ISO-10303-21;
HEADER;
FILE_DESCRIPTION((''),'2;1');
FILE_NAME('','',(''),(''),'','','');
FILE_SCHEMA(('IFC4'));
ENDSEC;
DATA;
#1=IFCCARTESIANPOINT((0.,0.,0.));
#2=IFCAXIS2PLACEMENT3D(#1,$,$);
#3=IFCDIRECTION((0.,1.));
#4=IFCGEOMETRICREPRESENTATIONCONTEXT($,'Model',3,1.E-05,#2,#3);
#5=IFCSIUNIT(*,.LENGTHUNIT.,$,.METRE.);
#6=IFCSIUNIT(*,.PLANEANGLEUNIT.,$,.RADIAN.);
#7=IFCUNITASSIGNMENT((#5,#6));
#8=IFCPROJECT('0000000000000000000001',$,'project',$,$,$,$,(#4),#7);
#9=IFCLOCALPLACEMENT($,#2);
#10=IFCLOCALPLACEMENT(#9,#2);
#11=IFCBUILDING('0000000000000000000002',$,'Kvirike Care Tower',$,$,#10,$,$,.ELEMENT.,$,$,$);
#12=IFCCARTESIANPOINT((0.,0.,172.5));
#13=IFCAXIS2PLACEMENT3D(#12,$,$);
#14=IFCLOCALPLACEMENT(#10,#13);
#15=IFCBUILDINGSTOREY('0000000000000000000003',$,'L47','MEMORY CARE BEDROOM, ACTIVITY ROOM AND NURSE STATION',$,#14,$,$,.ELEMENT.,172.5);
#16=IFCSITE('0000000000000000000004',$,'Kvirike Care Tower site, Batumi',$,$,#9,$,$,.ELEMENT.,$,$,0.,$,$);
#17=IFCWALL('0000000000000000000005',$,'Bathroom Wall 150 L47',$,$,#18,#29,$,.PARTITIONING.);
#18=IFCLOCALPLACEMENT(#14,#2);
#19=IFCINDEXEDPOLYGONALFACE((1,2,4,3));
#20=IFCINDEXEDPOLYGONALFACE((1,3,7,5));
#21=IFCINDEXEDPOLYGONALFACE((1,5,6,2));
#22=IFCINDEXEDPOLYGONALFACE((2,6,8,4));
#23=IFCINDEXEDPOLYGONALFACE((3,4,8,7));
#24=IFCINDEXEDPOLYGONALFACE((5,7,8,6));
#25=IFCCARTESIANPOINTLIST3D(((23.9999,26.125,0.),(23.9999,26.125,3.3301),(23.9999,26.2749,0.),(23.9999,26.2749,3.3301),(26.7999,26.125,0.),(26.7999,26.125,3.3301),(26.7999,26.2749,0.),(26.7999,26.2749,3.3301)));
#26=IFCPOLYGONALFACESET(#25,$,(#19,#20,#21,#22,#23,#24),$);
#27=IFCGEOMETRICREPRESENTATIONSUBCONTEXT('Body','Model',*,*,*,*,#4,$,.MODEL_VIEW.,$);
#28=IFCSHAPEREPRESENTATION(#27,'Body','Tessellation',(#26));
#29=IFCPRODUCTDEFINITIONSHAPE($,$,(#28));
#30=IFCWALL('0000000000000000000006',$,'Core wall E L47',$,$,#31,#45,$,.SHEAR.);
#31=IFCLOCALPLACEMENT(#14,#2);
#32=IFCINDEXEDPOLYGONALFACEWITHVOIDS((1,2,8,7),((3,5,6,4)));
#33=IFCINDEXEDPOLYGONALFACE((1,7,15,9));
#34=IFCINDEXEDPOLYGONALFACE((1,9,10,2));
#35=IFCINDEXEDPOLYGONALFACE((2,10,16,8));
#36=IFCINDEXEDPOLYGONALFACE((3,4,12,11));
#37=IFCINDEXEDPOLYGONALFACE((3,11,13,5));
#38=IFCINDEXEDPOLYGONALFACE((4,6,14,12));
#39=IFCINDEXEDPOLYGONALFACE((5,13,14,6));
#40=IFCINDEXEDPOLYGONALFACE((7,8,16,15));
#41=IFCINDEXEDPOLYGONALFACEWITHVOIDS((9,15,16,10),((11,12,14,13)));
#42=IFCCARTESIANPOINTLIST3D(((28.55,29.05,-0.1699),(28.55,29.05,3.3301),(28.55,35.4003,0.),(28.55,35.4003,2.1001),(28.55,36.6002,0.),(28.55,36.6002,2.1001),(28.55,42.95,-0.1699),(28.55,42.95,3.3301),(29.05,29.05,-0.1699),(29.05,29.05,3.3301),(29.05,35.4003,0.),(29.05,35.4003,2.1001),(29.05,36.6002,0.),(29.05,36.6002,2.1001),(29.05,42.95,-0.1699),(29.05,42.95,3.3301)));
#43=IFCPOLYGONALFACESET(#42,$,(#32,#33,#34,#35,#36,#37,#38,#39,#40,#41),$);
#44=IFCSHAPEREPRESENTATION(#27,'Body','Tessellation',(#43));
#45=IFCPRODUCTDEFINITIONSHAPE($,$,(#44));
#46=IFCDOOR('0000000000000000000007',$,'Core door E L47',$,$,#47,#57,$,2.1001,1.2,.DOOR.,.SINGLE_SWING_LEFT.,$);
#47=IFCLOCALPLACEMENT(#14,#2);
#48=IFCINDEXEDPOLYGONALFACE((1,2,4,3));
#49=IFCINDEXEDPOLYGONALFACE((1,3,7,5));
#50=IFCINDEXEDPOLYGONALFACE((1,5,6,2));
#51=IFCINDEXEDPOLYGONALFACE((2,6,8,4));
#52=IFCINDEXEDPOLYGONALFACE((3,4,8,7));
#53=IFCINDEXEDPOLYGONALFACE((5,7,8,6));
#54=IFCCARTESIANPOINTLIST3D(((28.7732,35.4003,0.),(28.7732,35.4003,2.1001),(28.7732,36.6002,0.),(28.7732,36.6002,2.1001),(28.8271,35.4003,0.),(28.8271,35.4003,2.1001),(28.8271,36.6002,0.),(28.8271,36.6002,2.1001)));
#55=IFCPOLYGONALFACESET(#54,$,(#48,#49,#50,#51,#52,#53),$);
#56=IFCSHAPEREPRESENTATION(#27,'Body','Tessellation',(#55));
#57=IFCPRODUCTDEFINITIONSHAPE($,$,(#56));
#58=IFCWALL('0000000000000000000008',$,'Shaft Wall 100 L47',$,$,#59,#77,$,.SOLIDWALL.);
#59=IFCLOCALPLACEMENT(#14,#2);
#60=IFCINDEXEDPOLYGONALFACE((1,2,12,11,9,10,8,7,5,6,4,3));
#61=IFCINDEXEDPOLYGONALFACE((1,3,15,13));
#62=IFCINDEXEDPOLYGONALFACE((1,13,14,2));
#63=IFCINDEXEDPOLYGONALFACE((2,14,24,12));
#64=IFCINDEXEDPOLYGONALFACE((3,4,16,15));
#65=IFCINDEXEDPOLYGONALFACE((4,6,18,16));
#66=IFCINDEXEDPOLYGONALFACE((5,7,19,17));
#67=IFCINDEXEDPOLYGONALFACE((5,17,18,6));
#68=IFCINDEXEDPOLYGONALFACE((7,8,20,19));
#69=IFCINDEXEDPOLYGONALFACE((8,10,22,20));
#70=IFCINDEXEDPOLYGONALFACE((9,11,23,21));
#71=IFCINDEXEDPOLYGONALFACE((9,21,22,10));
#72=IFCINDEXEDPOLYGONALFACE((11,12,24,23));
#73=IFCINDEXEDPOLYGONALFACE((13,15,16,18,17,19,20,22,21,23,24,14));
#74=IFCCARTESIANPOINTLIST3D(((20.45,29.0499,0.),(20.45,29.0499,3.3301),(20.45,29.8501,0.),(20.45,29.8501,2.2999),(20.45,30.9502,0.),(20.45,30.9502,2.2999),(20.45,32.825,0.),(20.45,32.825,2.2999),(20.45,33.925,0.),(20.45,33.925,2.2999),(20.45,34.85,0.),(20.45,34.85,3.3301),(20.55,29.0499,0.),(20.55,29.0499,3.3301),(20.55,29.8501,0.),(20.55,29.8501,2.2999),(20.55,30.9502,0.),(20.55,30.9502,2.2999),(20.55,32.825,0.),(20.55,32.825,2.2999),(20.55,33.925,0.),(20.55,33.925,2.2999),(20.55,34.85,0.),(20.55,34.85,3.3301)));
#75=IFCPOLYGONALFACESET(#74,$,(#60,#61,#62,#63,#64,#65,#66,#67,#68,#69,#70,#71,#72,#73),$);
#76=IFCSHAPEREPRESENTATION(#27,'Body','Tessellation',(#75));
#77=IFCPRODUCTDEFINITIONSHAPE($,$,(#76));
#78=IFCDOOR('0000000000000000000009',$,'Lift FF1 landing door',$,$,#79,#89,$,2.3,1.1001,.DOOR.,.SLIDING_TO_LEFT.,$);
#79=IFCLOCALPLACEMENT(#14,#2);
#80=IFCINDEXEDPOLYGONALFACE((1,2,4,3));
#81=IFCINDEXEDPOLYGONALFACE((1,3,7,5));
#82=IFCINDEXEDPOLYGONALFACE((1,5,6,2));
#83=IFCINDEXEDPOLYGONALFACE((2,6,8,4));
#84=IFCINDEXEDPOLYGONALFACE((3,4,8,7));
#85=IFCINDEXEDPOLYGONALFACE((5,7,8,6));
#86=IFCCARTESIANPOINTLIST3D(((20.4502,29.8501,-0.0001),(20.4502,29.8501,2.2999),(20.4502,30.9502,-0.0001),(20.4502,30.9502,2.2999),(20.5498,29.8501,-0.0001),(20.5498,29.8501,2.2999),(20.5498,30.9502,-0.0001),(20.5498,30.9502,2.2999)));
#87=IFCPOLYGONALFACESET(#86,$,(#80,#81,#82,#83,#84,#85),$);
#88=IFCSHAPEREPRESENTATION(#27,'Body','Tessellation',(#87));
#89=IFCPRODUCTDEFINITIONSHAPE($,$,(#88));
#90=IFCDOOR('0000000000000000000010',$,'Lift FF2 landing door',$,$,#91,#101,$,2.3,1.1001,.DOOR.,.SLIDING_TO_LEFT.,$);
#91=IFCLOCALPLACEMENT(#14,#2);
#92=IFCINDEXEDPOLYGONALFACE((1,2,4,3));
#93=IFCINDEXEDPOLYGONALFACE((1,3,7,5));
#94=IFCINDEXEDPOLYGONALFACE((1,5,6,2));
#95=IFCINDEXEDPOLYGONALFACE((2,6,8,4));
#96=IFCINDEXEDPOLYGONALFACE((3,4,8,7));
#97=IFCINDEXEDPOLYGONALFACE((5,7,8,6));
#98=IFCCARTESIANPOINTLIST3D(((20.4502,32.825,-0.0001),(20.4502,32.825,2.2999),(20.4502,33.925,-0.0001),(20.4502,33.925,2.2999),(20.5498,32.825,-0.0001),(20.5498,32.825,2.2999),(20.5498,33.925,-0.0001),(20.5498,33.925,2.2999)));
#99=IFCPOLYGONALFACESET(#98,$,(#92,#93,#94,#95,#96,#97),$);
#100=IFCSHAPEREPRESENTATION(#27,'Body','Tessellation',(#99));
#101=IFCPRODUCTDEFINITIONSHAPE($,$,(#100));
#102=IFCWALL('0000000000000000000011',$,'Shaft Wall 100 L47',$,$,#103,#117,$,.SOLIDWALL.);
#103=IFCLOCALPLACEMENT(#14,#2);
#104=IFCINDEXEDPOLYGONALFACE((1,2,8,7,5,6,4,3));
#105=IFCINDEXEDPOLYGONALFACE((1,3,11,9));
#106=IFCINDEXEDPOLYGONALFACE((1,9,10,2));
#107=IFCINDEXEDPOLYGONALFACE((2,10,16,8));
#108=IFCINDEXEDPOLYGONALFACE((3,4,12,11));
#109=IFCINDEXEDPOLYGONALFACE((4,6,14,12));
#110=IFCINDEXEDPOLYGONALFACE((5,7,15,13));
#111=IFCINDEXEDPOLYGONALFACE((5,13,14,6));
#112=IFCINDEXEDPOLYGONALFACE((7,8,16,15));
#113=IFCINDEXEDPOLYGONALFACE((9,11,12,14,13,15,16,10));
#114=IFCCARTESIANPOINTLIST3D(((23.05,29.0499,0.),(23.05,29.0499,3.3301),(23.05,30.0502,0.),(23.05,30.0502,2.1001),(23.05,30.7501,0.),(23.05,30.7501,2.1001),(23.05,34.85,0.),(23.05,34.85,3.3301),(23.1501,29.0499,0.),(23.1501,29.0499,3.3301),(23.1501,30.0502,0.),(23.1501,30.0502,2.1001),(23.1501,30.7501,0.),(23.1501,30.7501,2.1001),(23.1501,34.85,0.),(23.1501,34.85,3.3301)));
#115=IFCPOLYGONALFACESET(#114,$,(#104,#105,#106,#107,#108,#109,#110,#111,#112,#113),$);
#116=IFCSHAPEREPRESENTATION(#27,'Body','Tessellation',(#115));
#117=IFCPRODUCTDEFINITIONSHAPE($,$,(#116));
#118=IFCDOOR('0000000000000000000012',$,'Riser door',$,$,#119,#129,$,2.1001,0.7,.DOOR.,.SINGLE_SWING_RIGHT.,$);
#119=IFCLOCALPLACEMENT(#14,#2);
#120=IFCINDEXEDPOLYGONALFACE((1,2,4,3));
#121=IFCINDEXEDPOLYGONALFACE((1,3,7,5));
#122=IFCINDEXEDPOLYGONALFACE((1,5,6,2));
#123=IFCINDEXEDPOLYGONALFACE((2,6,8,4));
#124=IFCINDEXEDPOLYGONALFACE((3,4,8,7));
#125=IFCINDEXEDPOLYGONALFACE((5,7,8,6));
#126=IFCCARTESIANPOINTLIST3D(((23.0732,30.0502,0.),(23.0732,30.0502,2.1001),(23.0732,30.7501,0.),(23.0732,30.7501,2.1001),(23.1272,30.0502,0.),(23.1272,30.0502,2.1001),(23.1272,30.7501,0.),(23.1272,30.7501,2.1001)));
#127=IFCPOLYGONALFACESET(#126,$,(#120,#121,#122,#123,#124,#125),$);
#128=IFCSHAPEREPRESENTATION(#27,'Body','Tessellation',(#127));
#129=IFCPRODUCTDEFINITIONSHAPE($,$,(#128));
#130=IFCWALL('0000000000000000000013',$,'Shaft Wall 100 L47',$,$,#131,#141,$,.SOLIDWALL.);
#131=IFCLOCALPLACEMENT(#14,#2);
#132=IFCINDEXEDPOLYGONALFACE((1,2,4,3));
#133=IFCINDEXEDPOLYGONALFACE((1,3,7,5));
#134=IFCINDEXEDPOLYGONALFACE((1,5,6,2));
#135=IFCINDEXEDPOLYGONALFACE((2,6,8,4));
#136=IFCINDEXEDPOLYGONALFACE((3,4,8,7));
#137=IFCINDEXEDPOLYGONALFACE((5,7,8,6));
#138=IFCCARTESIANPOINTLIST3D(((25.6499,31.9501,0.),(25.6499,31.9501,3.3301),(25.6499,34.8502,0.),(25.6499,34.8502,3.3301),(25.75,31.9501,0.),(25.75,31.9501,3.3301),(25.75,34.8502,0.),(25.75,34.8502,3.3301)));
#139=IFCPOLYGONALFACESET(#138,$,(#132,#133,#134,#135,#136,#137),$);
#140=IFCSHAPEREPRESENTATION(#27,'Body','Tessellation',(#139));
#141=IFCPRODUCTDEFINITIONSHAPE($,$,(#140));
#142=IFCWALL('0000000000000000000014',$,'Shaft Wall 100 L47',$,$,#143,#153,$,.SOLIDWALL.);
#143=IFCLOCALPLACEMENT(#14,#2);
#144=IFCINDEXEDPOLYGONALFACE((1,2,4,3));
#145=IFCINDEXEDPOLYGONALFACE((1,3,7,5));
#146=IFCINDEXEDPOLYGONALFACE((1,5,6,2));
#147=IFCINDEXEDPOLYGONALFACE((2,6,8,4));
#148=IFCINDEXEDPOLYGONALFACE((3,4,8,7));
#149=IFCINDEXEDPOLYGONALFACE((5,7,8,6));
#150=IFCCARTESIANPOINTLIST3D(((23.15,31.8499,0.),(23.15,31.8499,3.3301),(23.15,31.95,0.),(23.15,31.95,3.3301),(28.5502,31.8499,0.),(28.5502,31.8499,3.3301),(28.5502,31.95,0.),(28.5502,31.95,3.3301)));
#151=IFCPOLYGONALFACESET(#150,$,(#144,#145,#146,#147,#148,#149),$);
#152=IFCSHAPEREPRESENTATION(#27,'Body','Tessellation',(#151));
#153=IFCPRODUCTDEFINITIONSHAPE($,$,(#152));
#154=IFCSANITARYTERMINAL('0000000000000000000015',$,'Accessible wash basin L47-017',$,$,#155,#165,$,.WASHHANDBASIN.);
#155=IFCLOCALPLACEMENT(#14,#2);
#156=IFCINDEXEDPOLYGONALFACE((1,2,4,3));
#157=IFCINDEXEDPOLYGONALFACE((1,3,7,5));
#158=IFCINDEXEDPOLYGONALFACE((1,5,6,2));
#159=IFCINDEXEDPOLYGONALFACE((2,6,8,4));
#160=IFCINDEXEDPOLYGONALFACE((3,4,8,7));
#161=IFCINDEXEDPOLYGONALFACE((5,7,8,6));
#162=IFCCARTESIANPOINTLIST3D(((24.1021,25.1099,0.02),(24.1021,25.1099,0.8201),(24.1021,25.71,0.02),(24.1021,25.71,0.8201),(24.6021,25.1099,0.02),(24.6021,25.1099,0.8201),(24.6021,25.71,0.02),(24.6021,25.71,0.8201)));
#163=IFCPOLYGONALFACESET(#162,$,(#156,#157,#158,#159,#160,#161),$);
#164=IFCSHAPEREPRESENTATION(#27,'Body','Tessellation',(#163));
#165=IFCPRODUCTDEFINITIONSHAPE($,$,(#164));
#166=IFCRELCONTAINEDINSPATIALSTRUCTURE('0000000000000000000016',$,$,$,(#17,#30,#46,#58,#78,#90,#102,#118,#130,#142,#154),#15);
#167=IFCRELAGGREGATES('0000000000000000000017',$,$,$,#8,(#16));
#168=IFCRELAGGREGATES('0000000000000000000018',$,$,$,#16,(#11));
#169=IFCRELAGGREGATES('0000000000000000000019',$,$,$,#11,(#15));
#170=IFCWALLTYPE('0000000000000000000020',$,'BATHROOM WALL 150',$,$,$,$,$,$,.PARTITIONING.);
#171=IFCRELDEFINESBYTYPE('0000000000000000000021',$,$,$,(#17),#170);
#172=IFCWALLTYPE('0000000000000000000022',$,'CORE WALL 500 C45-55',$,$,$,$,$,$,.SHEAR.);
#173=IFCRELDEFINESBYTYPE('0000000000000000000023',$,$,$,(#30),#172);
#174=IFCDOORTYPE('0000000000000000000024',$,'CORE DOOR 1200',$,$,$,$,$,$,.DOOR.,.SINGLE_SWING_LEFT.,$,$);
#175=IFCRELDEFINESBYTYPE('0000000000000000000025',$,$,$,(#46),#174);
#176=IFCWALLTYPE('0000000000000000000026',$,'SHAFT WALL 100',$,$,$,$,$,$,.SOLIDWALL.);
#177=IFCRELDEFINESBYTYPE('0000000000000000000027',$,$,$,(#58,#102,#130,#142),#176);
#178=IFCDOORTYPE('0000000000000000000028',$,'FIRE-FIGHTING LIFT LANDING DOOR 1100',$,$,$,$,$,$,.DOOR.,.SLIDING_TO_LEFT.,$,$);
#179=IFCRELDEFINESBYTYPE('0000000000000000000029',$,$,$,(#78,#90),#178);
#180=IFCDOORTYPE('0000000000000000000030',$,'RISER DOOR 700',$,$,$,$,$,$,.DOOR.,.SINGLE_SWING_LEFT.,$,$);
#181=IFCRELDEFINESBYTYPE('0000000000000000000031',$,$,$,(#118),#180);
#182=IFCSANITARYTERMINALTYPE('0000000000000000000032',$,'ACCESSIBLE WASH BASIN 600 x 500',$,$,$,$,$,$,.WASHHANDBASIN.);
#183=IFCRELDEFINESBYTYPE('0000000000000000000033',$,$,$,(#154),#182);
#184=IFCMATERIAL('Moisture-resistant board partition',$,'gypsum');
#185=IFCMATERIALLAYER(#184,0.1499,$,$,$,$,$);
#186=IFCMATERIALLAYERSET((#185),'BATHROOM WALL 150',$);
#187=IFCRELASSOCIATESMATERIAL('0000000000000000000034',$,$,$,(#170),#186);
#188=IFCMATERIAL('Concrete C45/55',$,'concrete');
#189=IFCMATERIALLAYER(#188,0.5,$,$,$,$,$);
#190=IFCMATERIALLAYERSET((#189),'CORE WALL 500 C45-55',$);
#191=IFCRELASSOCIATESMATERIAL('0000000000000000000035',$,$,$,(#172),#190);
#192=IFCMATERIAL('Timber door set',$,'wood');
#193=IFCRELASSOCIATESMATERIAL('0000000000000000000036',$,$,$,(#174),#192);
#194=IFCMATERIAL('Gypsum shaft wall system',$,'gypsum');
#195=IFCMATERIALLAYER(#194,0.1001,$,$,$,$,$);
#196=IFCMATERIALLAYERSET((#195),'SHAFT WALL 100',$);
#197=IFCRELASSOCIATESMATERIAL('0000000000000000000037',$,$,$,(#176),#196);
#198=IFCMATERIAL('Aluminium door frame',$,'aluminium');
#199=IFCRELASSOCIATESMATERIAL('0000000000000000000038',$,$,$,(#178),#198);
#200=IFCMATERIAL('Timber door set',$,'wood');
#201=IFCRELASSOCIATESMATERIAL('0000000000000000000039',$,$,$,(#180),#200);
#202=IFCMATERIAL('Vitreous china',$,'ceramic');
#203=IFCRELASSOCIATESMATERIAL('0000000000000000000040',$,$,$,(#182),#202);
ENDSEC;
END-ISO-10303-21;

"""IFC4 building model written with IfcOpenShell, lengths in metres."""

from ifc_helpers import new_model, si_unit, direction, frame, frame_2d, origin, origin_2d, place, context, subcontext, project, spatial, rectangle, extrude, material, layer, layer_set, type_object, element, fill, save


model = new_model("IFC4")

# Units and contexts
model_context = context("Model", 3, precision=1e-05, world=origin(), true_north=direction((0.0, 1.0)))
body_context = subcontext(model_context, "Body", "Model", "MODEL_VIEW")
ifc_project = project(units=[si_unit("LENGTHUNIT", "METRE"), si_unit("PLANEANGLEUNIT", "RADIAN")], contexts=[model_context])

# Site, building, storey
site_placement = place(None, origin())
site = spatial("IfcSite", under=ifc_project, at=site_placement, Name="Kvirike Care Tower site, Batumi", CompositionType="ELEMENT", RefElevation=0.0)
building_placement = place(site_placement, origin())
building = spatial("IfcBuilding", under=site, at=building_placement, Name="Kvirike Care Tower", CompositionType="ELEMENT")
storey_placement = place(building_placement, frame((0.0, 0.0, 172.5)))
storey = spatial("IfcBuildingStorey", under=building, at=storey_placement, Name="L47", Description="MEMORY CARE BEDROOM, ACTIVITY ROOM AND NURSE STATION", CompositionType="ELEMENT", Elevation=172.5)

# Shared definitions
ifc_material_1 = material(Name="Moisture-resistant board partition", Category="gypsum")
ifc_layer_1 = layer(ifc_material_1, 0.1499)
ifc_layer_set_1 = layer_set([ifc_layer_1], Name="BATHROOM WALL 150")
wall_type_1 = type_object("IfcWallType", Name="BATHROOM WALL 150", PredefinedType="PARTITIONING", material=ifc_layer_set_1)

# Wall
wall_1_placement = place(storey_placement, frame((24.0, 26.2, 0.0), z_axis=(0.0, 0.0, 1.0), x_axis=(1.0, 0.0, 0.0)))
element("IfcWall", 1, at=wall_1_placement, inside=storey, type_object=wall_type_1, Name="Bathroom Wall 150 L47", PredefinedType="PARTITIONING", context=body_context, shape_type="SweptSolid", body=[
    extrude(rectangle(XDim=2.8, YDim=0.1499, at=frame_2d((1.3999, 0.0))), origin(), (0.0, 0.0, 1.0), 3.3301),
])

# Wall, opening, door
ifc_material_2 = material(Name="Concrete C45/55", Category="concrete")
ifc_layer_2 = layer(ifc_material_2, 0.5)
ifc_layer_set_2 = layer_set([ifc_layer_2], Name="CORE WALL 500 C45-55")
wall_type_2 = type_object("IfcWallType", Name="CORE WALL 500 C45-55", PredefinedType="SHEAR", material=ifc_layer_set_2)
wall_2_placement = place(storey_placement, frame((28.8, 29.05, -0.1699), z_axis=(0.0, 0.0, 1.0), x_axis=(0.0, 1.0, 0.0)))
wall_2 = element("IfcWall", 2, at=wall_2_placement, inside=storey, type_object=wall_type_2, Name="Core wall E L47", PredefinedType="SHEAR", context=body_context, shape_type="SweptSolid", body=[
    extrude(rectangle(XDim=13.8999, YDim=0.5, at=frame_2d((6.95, 0.0))), origin(), (0.0, 0.0, 1.0), 3.5),
])
opening_1_placement = place(wall_2_placement, frame((6.3501, 0.0, 0.1699)))
opening_1 = element("IfcOpeningElement", 3, at=opening_1_placement, cuts=wall_2, PredefinedType="OPENING", context=body_context, shape_type="SweptSolid", body=[
    extrude(rectangle(XDim=1.2, YDim=2.1001, at=frame_2d((0.6001, 1.05))), frame((0.0, 0.2605, 0.0), z_axis=(0.0, -1.0, 0.0), x_axis=(1.0, 0.0, 0.0)), (0.0, 0.0, 1.0), 0.521),
])
ifc_material_3 = material(Name="Timber door set", Category="wood")
door_type_1 = type_object("IfcDoorType", Name="CORE DOOR 1200", OperationType="SINGLE_SWING_LEFT", PredefinedType="DOOR", material=ifc_material_3)
door_1_placement = place(opening_1_placement, origin())
door_1 = element("IfcDoor", 4, at=door_1_placement, inside=storey, type_object=door_type_1, Name="Core door E L47", OperationType="SINGLE_SWING_LEFT", OverallHeight=2.1001, OverallWidth=1.2, PredefinedType="DOOR", context=body_context, shape_type="SweptSolid", body=[
    extrude(rectangle(XDim=1.2, YDim=2.1001, at=frame_2d((0.6001, 1.05))), frame((0.0, 0.0269, 0.0), z_axis=(0.0, -1.0, 0.0), x_axis=(1.0, 0.0, 0.0)), (0.0, 0.0, 1.0), 0.054),
])
fill(opening_1, door_1)

# Wall, openings, doors
ifc_material_4 = material(Name="Gypsum shaft wall system", Category="gypsum")
ifc_layer_3 = layer(ifc_material_4, 0.1001)
ifc_layer_set_3 = layer_set([ifc_layer_3], Name="SHAFT WALL 100")
wall_type_3 = type_object("IfcWallType", Name="SHAFT WALL 100", PredefinedType="SOLIDWALL", material=ifc_layer_set_3)
wall_3_placement = place(storey_placement, frame((20.5, 29.05, 0.0), z_axis=(0.0, 0.0, 1.0), x_axis=(0.0, 1.0, 0.0)))
wall_3 = element("IfcWall", 5, at=wall_3_placement, inside=storey, type_object=wall_type_3, Name="Shaft Wall 100 L47", PredefinedType="SOLIDWALL", context=body_context, shape_type="SweptSolid", body=[
    extrude(rectangle(XDim=5.8, YDim=0.1001, at=frame_2d((2.8999, 0.0))), origin(), (0.0, 0.0, 1.0), 3.3301),
])
opening_2_placement = place(wall_3_placement, frame((0.8, 0.0, 0.0)))
opening_2 = element("IfcOpeningElement", 6, at=opening_2_placement, cuts=wall_3, PredefinedType="OPENING", context=body_context, shape_type="SweptSolid", body=[
    extrude(rectangle(XDim=1.1001, YDim=2.3, at=frame_2d((0.55, 1.1499))), frame((0.0, 0.0605, 0.0), z_axis=(0.0, -1.0, 0.0), x_axis=(1.0, 0.0, 0.0)), (0.0, 0.0, 1.0), 0.1211),
])
opening_3_placement = place(wall_3_placement, frame((3.7749, 0.0, 0.0)))
opening_3 = element("IfcOpeningElement", 7, at=opening_3_placement, cuts=wall_3, PredefinedType="OPENING", context=body_context, shape_type="SweptSolid", body=[
    extrude(rectangle(XDim=1.1001, YDim=2.3, at=frame_2d((0.55, 1.1499))), frame((0.0, 0.0605, 0.0), z_axis=(0.0, -1.0, 0.0), x_axis=(1.0, 0.0, 0.0)), (0.0, 0.0, 1.0), 0.1211),
])
ifc_material_5 = material(Name="Aluminium door frame", Category="aluminium")
door_type_2 = type_object("IfcDoorType", Name="FIRE-FIGHTING LIFT LANDING DOOR 1100", OperationType="SLIDING_TO_LEFT", PredefinedType="DOOR", material=ifc_material_5)
door_2_placement = place(opening_2_placement, origin())
door_2 = element("IfcDoor", 8, at=door_2_placement, inside=storey, type_object=door_type_2, Name="Lift FF1 landing door", OperationType="SLIDING_TO_LEFT", OverallHeight=2.3, OverallWidth=1.1001, PredefinedType="DOOR", context=body_context, shape_type="SweptSolid", body=[
    extrude(rectangle(XDim=1.1001, YDim=2.3, at=frame_2d((0.55, 1.1499))), frame((0.0, 0.0498, 0.0), z_axis=(0.0, -1.0, 0.0), x_axis=(1.0, 0.0, 0.0)), (0.0, 0.0, 1.0), 0.0996),
])
fill(opening_2, door_2)
door_3_placement = place(opening_3_placement, origin())
door_3 = element("IfcDoor", 9, at=door_3_placement, inside=storey, type_object=door_type_2, Name="Lift FF2 landing door", OperationType="SLIDING_TO_LEFT", OverallHeight=2.3, OverallWidth=1.1001, PredefinedType="DOOR", context=body_context, shape_type="SweptSolid", body=[
    extrude(rectangle(XDim=1.1001, YDim=2.3, at=frame_2d((0.55, 1.1499))), frame((0.0, 0.0498, 0.0), z_axis=(0.0, -1.0, 0.0), x_axis=(1.0, 0.0, 0.0)), (0.0, 0.0, 1.0), 0.0996),
])
fill(opening_3, door_3)

# Wall, opening, door
wall_4_placement = place(storey_placement, frame((23.1001, 29.05, 0.0), z_axis=(0.0, 0.0, 1.0), x_axis=(0.0, 1.0, 0.0)))
wall_4 = element("IfcWall", 10, at=wall_4_placement, inside=storey, type_object=wall_type_3, Name="Shaft Wall 100 L47", PredefinedType="SOLIDWALL", context=body_context, shape_type="SweptSolid", body=[
    extrude(rectangle(XDim=5.8, YDim=0.1001, at=frame_2d((2.8999, 0.0))), origin(), (0.0, 0.0, 1.0), 3.3301),
])
opening_4_placement = place(wall_4_placement, frame((1.0, 0.0, 0.0)))
opening_4 = element("IfcOpeningElement", 11, at=opening_4_placement, cuts=wall_4, PredefinedType="OPENING", context=body_context, shape_type="SweptSolid", body=[
    extrude(rectangle(XDim=0.7, YDim=2.1001, at=frame_2d((0.3501, 1.05))), frame((0.0, 0.0605, 0.0), z_axis=(0.0, -1.0, 0.0), x_axis=(1.0, 0.0, 0.0)), (0.0, 0.0, 1.0), 0.1211),
])
ifc_material_6 = material(Name="Timber door set", Category="wood")
door_type_3 = type_object("IfcDoorType", Name="RISER DOOR 700", OperationType="SINGLE_SWING_LEFT", PredefinedType="DOOR", material=ifc_material_6)
door_4_placement = place(opening_4_placement, origin())
door_4 = element("IfcDoor", 12, at=door_4_placement, inside=storey, type_object=door_type_3, Name="Riser door", OperationType="SINGLE_SWING_RIGHT", OverallHeight=2.1001, OverallWidth=0.7, PredefinedType="DOOR", context=body_context, shape_type="SweptSolid", body=[
    extrude(rectangle(XDim=0.7, YDim=2.1001, at=frame_2d((0.3501, 1.05))), frame((0.0, 0.0269, 0.0), z_axis=(0.0, -1.0, 0.0), x_axis=(1.0, 0.0, 0.0)), (0.0, 0.0, 1.0), 0.054),
])
fill(opening_4, door_4)

# Walls
wall_5_placement = place(storey_placement, frame((25.7, 31.95, 0.0), z_axis=(0.0, 0.0, 1.0), x_axis=(0.0, 1.0, 0.0)))
element("IfcWall", 13, at=wall_5_placement, inside=storey, type_object=wall_type_3, Name="Shaft Wall 100 L47", PredefinedType="SOLIDWALL", context=body_context, shape_type="SweptSolid", body=[
    extrude(rectangle(XDim=2.9001, YDim=0.1001, at=frame_2d((1.4502, 0.0))), origin(), (0.0, 0.0, 1.0), 3.3301),
])
wall_6_placement = place(storey_placement, frame((23.1499, 31.8999, 0.0), z_axis=(0.0, 0.0, 1.0), x_axis=(1.0, 0.0, 0.0)))
element("IfcWall", 14, at=wall_6_placement, inside=storey, type_object=wall_type_3, Name="Shaft Wall 100 L47", PredefinedType="SOLIDWALL", context=body_context, shape_type="SweptSolid", body=[
    extrude(rectangle(XDim=5.4001, YDim=0.1001, at=frame_2d((2.7002, 0.0))), origin(), (0.0, 0.0, 1.0), 3.3301),
])

# Sanitary terminal
ifc_material_7 = material(Name="Vitreous china", Category="ceramic")
sanitary_terminal_type_1 = type_object("IfcSanitaryTerminalType", Name="ACCESSIBLE WASH BASIN 600 x 500", PredefinedType="WASHHANDBASIN", material=ifc_material_7)
sanitary_terminal_1_placement = place(storey_placement, frame((24.3521, 25.4099, 0.02), z_axis=(0.0, 0.0, 1.0), x_axis=(0.0, 1.0, 0.0)))
element("IfcSanitaryTerminal", 15, at=sanitary_terminal_1_placement, inside=storey, type_object=sanitary_terminal_type_1, Name="Accessible wash basin L47-017", PredefinedType="WASHHANDBASIN", context=body_context, shape_type="SweptSolid", body=[
    extrude(rectangle(XDim=0.6001, YDim=0.5, at=origin_2d()), origin(), (0.0, 0.0, 1.0), 0.8),
])

save(model, "model.ifc")
